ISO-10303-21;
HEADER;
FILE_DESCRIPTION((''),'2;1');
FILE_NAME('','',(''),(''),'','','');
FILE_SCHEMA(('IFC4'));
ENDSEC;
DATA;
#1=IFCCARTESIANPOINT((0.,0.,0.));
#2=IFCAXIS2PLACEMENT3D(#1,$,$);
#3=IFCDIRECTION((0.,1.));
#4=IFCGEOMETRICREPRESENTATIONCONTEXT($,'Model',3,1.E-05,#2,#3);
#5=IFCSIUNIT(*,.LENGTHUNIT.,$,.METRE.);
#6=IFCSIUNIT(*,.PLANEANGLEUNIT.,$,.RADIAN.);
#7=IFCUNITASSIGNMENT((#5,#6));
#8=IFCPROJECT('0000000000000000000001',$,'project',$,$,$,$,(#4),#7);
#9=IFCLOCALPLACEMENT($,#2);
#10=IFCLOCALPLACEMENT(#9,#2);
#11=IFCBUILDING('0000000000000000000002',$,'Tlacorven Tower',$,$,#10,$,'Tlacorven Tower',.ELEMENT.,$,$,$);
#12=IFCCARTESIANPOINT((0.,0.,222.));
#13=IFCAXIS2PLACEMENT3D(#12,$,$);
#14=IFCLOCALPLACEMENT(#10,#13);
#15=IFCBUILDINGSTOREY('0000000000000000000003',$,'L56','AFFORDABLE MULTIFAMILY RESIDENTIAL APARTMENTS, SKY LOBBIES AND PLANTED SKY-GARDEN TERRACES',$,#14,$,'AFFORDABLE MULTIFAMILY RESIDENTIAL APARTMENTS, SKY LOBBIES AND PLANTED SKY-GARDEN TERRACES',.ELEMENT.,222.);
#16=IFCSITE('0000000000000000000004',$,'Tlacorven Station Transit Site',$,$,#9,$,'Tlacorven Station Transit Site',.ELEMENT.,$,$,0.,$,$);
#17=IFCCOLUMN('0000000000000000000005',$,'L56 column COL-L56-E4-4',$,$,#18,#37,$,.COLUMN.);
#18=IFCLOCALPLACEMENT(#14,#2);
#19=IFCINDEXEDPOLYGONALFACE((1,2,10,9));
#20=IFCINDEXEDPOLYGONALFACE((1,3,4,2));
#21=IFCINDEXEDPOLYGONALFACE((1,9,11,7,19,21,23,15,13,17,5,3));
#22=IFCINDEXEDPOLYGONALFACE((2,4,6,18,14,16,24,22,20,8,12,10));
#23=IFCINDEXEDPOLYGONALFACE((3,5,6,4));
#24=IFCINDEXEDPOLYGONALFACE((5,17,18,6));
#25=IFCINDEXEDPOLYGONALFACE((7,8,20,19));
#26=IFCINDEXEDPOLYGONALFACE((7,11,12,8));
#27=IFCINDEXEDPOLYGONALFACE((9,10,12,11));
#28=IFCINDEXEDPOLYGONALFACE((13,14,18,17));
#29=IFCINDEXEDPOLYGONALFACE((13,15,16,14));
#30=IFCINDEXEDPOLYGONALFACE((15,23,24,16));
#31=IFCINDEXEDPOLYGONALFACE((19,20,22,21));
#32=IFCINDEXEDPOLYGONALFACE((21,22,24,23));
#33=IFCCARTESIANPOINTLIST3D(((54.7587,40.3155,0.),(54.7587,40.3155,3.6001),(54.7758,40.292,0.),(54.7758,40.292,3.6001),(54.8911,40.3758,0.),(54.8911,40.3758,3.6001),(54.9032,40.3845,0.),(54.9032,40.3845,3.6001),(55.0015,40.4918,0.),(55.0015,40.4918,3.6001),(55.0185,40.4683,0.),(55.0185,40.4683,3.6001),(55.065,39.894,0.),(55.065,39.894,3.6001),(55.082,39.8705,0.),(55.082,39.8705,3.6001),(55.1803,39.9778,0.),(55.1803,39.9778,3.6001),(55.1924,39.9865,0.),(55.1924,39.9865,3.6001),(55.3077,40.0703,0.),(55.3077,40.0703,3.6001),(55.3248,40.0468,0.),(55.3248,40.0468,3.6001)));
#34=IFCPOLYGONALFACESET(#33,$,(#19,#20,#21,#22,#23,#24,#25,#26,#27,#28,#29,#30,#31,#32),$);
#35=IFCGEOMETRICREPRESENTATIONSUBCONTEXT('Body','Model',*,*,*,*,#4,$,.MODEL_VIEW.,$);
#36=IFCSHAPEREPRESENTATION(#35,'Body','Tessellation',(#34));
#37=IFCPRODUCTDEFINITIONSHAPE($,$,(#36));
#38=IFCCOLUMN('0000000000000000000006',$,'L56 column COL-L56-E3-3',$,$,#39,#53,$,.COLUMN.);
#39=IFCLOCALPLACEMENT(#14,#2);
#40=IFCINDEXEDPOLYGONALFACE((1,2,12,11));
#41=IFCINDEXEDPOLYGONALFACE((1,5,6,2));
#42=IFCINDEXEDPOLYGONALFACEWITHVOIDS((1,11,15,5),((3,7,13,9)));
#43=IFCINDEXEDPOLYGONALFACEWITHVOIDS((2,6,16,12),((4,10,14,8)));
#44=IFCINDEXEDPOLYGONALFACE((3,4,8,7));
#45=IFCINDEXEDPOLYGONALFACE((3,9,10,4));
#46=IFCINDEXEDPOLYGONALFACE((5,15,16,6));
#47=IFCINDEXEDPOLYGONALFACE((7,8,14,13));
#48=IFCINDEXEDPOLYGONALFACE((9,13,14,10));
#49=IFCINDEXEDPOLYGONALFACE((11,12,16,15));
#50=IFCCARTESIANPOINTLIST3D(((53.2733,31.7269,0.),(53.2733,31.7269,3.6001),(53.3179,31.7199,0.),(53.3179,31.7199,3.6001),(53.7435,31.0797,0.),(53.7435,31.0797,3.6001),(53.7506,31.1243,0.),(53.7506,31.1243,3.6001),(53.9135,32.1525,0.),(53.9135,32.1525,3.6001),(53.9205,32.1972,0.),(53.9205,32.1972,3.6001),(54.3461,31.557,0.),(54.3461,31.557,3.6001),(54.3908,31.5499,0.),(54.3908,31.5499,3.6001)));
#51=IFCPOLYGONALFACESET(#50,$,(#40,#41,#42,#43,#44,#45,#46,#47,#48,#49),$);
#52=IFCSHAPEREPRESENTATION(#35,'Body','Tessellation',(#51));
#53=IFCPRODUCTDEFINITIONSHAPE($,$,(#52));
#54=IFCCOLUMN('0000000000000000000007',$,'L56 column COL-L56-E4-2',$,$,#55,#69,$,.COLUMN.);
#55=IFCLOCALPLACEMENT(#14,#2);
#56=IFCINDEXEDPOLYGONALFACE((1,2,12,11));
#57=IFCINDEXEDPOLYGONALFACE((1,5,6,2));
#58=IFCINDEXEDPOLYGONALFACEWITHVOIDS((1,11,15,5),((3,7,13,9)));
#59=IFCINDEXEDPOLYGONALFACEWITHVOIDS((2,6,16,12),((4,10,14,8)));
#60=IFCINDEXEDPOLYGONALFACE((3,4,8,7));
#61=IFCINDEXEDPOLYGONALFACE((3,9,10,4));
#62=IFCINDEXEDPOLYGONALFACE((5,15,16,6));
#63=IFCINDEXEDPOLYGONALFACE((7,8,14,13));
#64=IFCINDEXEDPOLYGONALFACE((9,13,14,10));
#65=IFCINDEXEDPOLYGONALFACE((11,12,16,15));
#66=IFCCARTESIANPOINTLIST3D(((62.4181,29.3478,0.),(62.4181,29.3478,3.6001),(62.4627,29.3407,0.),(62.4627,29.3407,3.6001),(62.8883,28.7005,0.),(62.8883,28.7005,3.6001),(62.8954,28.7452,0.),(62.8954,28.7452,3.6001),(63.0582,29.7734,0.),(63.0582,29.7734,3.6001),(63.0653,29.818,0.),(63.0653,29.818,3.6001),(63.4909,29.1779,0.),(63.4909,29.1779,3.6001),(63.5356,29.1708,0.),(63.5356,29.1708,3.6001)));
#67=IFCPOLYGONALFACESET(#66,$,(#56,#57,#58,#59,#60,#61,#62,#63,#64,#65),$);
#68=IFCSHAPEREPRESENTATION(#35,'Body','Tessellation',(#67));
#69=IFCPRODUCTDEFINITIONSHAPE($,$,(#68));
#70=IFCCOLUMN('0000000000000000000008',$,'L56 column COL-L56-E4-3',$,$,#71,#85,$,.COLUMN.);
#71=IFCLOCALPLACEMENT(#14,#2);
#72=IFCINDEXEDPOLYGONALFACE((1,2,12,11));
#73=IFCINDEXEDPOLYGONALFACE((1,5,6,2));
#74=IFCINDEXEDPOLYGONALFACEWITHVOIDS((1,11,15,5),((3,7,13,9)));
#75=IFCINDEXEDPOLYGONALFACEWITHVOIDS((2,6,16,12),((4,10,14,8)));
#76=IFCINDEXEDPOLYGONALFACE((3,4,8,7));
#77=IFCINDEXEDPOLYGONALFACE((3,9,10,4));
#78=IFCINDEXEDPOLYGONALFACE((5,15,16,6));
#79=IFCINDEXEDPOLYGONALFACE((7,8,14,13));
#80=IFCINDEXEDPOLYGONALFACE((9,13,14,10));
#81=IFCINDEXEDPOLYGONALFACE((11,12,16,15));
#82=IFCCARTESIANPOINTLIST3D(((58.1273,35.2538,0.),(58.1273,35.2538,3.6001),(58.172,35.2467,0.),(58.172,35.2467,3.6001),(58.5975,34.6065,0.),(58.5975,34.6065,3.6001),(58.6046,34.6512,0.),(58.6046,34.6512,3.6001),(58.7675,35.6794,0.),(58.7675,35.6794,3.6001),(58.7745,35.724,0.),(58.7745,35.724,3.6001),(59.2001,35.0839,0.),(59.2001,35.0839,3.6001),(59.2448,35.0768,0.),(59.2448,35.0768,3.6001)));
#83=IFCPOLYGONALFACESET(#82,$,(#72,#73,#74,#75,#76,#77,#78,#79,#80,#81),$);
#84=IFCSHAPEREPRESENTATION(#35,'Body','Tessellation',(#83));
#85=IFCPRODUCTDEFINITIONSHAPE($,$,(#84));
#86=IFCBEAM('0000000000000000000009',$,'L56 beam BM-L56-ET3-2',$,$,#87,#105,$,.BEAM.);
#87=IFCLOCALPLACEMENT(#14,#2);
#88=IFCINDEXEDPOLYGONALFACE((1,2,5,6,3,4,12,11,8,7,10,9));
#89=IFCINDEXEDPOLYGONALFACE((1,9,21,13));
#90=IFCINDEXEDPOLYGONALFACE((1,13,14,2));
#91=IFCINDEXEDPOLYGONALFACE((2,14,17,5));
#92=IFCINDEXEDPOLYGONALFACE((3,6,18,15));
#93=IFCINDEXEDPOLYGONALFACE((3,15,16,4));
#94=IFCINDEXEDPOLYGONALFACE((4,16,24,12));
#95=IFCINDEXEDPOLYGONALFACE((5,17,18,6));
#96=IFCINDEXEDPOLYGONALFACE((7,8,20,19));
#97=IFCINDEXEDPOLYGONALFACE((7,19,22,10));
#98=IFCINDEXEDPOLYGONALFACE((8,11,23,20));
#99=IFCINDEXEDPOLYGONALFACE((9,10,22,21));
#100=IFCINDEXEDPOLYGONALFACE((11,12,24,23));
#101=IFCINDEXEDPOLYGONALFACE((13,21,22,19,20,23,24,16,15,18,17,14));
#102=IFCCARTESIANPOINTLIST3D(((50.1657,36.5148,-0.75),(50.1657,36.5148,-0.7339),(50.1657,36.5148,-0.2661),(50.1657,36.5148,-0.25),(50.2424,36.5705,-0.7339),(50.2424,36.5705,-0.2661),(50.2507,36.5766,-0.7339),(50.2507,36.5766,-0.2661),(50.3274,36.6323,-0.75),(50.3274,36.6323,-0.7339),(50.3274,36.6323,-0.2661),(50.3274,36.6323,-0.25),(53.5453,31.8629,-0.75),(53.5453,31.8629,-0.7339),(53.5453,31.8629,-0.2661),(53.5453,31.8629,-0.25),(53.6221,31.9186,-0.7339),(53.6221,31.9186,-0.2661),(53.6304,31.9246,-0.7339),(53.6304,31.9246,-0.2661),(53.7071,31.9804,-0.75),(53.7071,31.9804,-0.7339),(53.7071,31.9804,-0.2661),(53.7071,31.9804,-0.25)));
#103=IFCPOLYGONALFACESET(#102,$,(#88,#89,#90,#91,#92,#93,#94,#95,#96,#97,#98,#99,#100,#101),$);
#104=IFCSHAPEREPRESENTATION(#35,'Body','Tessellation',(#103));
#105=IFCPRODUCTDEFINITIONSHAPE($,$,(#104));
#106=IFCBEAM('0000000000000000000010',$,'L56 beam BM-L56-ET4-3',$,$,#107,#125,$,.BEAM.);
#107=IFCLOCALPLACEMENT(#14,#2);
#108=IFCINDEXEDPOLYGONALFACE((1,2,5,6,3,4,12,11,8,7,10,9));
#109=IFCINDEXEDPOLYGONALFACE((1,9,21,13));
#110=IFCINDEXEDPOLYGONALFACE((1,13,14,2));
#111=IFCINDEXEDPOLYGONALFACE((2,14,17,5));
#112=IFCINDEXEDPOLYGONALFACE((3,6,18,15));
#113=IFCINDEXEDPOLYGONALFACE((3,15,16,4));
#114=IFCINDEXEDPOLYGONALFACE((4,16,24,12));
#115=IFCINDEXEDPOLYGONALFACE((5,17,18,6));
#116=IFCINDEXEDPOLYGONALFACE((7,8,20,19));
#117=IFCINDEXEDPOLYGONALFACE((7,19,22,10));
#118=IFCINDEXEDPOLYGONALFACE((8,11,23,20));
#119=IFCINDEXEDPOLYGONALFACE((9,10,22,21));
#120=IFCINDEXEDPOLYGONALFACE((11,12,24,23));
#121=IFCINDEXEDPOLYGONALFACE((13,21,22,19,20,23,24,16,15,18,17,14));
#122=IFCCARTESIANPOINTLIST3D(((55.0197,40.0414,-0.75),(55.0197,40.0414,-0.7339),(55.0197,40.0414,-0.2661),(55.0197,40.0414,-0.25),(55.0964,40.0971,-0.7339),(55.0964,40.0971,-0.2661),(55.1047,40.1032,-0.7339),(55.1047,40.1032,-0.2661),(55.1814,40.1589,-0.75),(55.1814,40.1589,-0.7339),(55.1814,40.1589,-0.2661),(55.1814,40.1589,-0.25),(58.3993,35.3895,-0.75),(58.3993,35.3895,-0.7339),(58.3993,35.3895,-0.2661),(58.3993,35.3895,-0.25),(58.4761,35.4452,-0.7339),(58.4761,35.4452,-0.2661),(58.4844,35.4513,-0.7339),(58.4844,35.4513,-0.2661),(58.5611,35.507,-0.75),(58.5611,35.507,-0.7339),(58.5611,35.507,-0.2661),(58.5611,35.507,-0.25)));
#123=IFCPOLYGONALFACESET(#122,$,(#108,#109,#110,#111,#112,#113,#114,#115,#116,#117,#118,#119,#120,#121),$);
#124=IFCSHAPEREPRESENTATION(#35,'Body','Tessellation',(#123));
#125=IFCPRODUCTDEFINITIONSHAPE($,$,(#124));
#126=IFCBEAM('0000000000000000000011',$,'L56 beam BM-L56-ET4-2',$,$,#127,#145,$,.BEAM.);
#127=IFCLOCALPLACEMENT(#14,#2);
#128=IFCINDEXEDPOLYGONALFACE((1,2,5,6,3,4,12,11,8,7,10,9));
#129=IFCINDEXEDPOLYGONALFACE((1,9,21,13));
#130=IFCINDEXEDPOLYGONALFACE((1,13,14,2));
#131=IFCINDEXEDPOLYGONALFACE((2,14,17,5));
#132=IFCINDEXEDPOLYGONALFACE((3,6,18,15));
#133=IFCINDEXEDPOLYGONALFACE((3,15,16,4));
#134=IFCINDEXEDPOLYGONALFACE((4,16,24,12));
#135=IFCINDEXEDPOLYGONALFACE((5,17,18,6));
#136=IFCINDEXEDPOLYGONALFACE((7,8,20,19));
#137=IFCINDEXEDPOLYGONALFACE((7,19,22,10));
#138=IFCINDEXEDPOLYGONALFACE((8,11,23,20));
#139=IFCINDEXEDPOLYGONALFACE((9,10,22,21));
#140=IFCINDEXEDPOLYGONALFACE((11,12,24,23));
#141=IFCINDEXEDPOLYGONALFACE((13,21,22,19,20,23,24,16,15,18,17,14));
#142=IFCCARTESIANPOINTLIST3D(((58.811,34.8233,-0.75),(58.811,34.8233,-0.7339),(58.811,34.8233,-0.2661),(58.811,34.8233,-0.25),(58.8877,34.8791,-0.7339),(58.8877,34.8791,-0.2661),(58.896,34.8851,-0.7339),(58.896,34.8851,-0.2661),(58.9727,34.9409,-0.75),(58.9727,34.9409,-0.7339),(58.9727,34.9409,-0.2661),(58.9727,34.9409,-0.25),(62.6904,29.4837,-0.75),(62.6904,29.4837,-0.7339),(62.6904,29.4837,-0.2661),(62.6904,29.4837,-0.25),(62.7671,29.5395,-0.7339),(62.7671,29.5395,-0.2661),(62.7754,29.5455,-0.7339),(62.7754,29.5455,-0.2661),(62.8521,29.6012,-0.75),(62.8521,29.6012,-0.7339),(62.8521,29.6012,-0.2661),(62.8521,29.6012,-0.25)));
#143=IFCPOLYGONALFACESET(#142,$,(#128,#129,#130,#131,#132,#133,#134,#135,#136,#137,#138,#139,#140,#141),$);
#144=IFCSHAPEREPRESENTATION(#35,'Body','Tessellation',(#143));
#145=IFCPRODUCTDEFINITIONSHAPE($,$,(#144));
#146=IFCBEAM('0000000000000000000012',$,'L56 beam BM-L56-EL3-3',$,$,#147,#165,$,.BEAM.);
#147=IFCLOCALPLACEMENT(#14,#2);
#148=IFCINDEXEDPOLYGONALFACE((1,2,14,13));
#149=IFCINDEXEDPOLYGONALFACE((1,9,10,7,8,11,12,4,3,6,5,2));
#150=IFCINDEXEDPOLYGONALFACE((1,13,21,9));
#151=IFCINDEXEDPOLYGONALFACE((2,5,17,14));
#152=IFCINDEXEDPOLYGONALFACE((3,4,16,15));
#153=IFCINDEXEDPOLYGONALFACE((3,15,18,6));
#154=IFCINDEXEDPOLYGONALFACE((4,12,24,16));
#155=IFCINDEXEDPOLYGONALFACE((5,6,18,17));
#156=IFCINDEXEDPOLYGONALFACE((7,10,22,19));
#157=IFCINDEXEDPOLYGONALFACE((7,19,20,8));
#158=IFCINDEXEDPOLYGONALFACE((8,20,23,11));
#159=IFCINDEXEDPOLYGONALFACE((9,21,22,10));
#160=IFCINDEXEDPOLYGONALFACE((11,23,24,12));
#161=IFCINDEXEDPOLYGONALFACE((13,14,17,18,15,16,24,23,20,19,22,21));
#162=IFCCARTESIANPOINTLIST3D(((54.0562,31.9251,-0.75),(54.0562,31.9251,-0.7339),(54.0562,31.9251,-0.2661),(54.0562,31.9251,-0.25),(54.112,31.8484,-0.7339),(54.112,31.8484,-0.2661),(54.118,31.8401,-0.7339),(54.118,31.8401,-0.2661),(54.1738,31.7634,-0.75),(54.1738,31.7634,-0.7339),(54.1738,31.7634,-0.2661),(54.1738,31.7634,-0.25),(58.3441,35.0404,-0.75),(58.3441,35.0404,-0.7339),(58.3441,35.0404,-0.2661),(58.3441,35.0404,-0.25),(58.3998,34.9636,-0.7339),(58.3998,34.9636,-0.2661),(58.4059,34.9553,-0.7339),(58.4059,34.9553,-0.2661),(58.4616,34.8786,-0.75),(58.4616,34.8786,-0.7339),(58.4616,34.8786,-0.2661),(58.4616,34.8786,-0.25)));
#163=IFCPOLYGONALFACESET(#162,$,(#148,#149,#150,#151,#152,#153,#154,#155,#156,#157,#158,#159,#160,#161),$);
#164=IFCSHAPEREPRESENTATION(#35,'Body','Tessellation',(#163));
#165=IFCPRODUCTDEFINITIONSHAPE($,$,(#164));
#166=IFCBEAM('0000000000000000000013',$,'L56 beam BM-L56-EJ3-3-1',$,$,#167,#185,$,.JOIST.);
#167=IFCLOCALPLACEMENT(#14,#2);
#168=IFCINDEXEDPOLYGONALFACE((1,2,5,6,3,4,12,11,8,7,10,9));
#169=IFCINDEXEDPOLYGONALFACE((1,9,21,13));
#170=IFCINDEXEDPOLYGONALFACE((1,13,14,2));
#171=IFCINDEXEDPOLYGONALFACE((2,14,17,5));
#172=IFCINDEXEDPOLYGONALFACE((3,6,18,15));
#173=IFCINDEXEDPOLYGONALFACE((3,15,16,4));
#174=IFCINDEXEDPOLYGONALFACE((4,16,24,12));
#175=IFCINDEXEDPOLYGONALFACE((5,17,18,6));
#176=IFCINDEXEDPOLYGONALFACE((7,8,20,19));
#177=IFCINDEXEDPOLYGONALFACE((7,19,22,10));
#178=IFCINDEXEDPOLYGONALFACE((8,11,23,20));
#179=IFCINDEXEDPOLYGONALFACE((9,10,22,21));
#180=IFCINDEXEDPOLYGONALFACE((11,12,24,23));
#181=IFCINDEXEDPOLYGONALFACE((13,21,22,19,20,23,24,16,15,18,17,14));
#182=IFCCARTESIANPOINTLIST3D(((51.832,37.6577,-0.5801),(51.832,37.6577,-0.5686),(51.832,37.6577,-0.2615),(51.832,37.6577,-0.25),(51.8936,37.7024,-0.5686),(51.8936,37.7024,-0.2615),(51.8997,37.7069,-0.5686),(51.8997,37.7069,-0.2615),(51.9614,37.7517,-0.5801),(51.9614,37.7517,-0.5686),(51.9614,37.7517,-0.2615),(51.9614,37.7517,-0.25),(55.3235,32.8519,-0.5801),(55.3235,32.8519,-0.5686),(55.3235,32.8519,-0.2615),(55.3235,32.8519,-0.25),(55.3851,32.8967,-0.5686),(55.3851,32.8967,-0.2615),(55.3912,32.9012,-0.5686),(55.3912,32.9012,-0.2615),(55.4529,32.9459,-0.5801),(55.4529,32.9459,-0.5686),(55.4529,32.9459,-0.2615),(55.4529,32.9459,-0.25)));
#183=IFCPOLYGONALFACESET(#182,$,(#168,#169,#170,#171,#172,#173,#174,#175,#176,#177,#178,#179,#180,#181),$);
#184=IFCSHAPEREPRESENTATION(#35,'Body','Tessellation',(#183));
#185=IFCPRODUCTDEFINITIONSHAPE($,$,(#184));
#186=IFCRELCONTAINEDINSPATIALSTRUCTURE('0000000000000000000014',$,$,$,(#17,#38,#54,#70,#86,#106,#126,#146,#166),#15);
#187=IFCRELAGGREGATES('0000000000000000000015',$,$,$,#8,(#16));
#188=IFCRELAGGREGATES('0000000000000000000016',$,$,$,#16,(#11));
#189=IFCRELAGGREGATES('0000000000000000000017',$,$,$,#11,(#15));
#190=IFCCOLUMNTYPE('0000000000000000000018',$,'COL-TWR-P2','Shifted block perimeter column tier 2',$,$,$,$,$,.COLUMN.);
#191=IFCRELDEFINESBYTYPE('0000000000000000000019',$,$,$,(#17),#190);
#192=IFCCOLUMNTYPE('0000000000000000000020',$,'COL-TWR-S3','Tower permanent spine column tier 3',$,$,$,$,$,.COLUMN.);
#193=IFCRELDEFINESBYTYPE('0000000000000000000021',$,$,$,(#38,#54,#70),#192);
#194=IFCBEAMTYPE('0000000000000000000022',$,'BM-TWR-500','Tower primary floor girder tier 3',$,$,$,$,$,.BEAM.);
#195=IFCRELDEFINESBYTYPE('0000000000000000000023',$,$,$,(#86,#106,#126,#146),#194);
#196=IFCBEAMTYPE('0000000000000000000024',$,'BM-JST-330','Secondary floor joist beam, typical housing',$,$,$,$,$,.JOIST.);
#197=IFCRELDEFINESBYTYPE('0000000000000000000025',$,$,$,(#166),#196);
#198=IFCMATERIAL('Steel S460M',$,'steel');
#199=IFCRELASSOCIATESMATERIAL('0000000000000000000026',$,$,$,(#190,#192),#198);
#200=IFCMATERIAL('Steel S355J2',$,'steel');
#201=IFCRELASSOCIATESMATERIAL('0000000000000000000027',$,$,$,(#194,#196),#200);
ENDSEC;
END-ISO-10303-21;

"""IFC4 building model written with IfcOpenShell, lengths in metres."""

from ifc_helpers import new_model, si_unit, direction, frame, origin, origin_2d, place, context, subcontext, project, spatial, hollow_rectangle, i_section, extrude, source, transform, mapped, material, material_profile, profile_set, type_object, element, save


model = new_model("IFC4")

# Units and contexts
model_context = context("Model", 3, precision=1e-05, world=origin(), true_north=direction((0.0, 1.0)))
body_context = subcontext(model_context, "Body", "Model", "MODEL_VIEW")
ifc_project = project(units=[si_unit("LENGTHUNIT", "METRE"), si_unit("PLANEANGLEUNIT", "RADIAN")], contexts=[model_context])

# Site, building, storey
site_placement = place(None, origin())
site = spatial("IfcSite", under=ifc_project, at=site_placement, Name="Tlacorven Station Transit Site", LongName="Tlacorven Station Transit Site", CompositionType="ELEMENT", RefElevation=0.0)
building_placement = place(site_placement, origin())
building = spatial("IfcBuilding", under=site, at=building_placement, Name="Tlacorven Tower", LongName="Tlacorven Tower", CompositionType="ELEMENT")
storey_placement = place(building_placement, frame((0.0, 0.0, 222.0)))
storey = spatial("IfcBuildingStorey", under=building, at=storey_placement, Name="L56", Description="AFFORDABLE MULTIFAMILY RESIDENTIAL APARTMENTS, SKY LOBBIES AND PLANTED SKY-GARDEN TERRACES", LongName="AFFORDABLE MULTIFAMILY RESIDENTIAL APARTMENTS, SKY LOBBIES AND PLANTED SKY-GARDEN TERRACES", CompositionType="ELEMENT", Elevation=222.0)

# Columns
ifc_material_1 = material(Name="Steel S460M", Category="steel")
ifc_material_profile_1 = material_profile(ifc_material_1, i_section(OverallWidth=0.3, OverallDepth=0.55, WebThickness=0.0149, FlangeThickness=0.0291, at=origin_2d()), Name="HEB 550")
ifc_profile_set_1 = profile_set([ifc_material_profile_1], Name="Steel S460M")
column_type_1 = type_object("IfcColumnType", Name="COL-TWR-P2", Description="Shifted block perimeter column tier 2", PredefinedType="COLUMN", material=ifc_profile_set_1)
shared_shape_1 = source(origin(), body_context, "Body", "SweptSolid", [
    extrude(i_section(OverallWidth=0.3, OverallDepth=0.55, WebThickness=0.0149, FlangeThickness=0.0291, at=origin_2d()), origin(), (0.0, 0.0, 1.0), 3.6001),
])
column_placement = place(storey_placement, frame((55.0417, 40.1812, 0.0), z_axis=(0.0, 0.0, 1.0), x_axis=(0.809017, 0.587785, 0.0)))
element("IfcColumn", 1, at=column_placement, inside=storey, type_object=column_type_1, Name="L56 column COL-L56-E4-4", PredefinedType="COLUMN", context=body_context, shape_type="MappedRepresentation", body=[
    mapped(shared_shape_1, transform((0.0, 0.0, 0.0), scale=1.0)),
])
ifc_material_profile_2 = material_profile(ifc_material_1, hollow_rectangle(XDim=0.8, YDim=0.8, WallThickness=0.032, at=origin_2d()), Name="BOX 800X800X32")
ifc_profile_set_2 = profile_set([ifc_material_profile_2], Name="Steel S460M")
column_type_2 = type_object("IfcColumnType", Name="COL-TWR-S3", Description="Tower permanent spine column tier 3", PredefinedType="COLUMN", material=ifc_profile_set_2)
shared_shape_2 = source(origin(), body_context, "Body", "SweptSolid", [
    extrude(hollow_rectangle(XDim=0.8, YDim=0.8, WallThickness=0.032, at=origin_2d()), origin(), (0.0, 0.0, 1.0), 3.6001),
])
for number, where, z_axis, x_axis, name in (
    (2, (53.832, 31.6384, 0.0), (0.0, 0.0, 1.0), (0.809017, 0.587785, 0.0), "L56 column COL-L56-E3-3"),
    (3, (62.9768, 29.2593, 0.0), (0.0, 0.0, 1.0), (0.809017, 0.587785, 0.0), "L56 column COL-L56-E4-2"),
    (4, (58.686, 35.1653, 0.0), (0.0, 0.0, 1.0), (0.809017, 0.587785, 0.0), "L56 column COL-L56-E4-3"),
):
    element("IfcColumn", number, at=place(storey_placement, frame(where, z_axis=z_axis, x_axis=x_axis)), inside=storey, type_object=column_type_2, Name=name, PredefinedType="COLUMN", context=body_context, shape_type="MappedRepresentation", body=[
        mapped(shared_shape_2, transform((0.0, 0.0, 0.0), scale=1.0)),
    ])

# Beams
ifc_material_2 = material(Name="Steel S355J2", Category="steel")
ifc_material_profile_3 = material_profile(ifc_material_2, i_section(OverallWidth=0.2, OverallDepth=0.5, WebThickness=0.0103, FlangeThickness=0.0161, at=origin_2d()), Name="IPE 500")
ifc_profile_set_3 = profile_set([ifc_material_profile_3], Name="Steel S355J2")
beam_type_1 = type_object("IfcBeamType", Name="BM-TWR-500", Description="Tower primary floor girder tier 3", PredefinedType="BEAM", material=ifc_profile_set_3)
shared_shape_3 = source(origin(), body_context, "Body", "SweptSolid", [
    extrude(i_section(OverallWidth=0.2, OverallDepth=0.5, WebThickness=0.0103, FlangeThickness=0.0161, at=origin_2d()), origin(), (0.0, 0.0, 1.0), 5.75),
])
for number, where, z_axis, x_axis, name in (
    (5, (53.6262, 31.9216, -0.5), (-0.58777, 0.809028, 0.0), (-0.809028, -0.58777, 0.0), "L56 beam BM-L56-ET3-2"),
    (6, (58.4802, 35.4482, -0.5), (-0.58777, 0.809028, 0.0), (-0.809028, -0.58777, 0.0), "L56 beam BM-L56-ET4-3"),
):
    element("IfcBeam", number, at=place(storey_placement, frame(where, z_axis=z_axis, x_axis=x_axis)), inside=storey, type_object=beam_type_1, Name=name, PredefinedType="BEAM", context=body_context, shape_type="MappedRepresentation", body=[
        mapped(shared_shape_3, transform((0.0, 0.0, 0.0), scale=1.0)),
    ])
shared_shape_4 = source(origin(), body_context, "Body", "SweptSolid", [
    extrude(i_section(OverallWidth=0.2, OverallDepth=0.5, WebThickness=0.0103, FlangeThickness=0.0161, at=origin_2d()), origin(), (0.0, 0.0, 1.0), 6.6001),
])
beam_1_placement = place(storey_placement, frame((62.7712, 29.5425, -0.5), z_axis=(-0.58778, 0.809021, 0.0), x_axis=(-0.809021, -0.58778, 0.0)))
element("IfcBeam", 7, at=beam_1_placement, inside=storey, type_object=beam_type_1, Name="L56 beam BM-L56-ET4-2", PredefinedType="BEAM", context=body_context, shape_type="MappedRepresentation", body=[
    mapped(shared_shape_4, transform((0.0, 0.0, 0.0), scale=1.0)),
])
shared_shape_5 = source(origin(), body_context, "Body", "SweptSolid", [
    extrude(i_section(OverallWidth=0.2, OverallDepth=0.5, WebThickness=0.0103, FlangeThickness=0.0161, at=origin_2d()), origin(), (0.0, 0.0, 1.0), 5.3),
])
beam_2_placement = place(storey_placement, frame((54.115, 31.8442, -0.5), z_axis=(0.809023, 0.587777, 0.0), x_axis=(-0.587777, 0.809023, 0.0)))
element("IfcBeam", 8, at=beam_2_placement, inside=storey, type_object=beam_type_1, Name="L56 beam BM-L56-EL3-3", PredefinedType="BEAM", context=body_context, shape_type="MappedRepresentation", body=[
    mapped(shared_shape_5, transform((0.0, 0.0, 0.0), scale=1.0)),
])
ifc_material_profile_4 = material_profile(ifc_material_2, i_section(OverallWidth=0.1599, OverallDepth=0.3301, WebThickness=0.0076, FlangeThickness=0.0115, at=origin_2d()), Name="IPE 330")
ifc_profile_set_4 = profile_set([ifc_material_profile_4], Name="Steel S355J2")
beam_type_2 = type_object("IfcBeamType", Name="BM-JST-330", Description="Secondary floor joist beam, typical housing", PredefinedType="JOIST", material=ifc_profile_set_4)
shared_shape_6 = source(origin(), body_context, "Body", "SweptSolid", [
    extrude(i_section(OverallWidth=0.1599, OverallDepth=0.3301, WebThickness=0.0076, FlangeThickness=0.0115, at=origin_2d()), origin(), (0.0, 0.0, 1.0), 5.9402),
])
for number, where, z_axis, x_axis, name in (
    (9, (55.3882, 32.8989, -0.415), (-0.587778, 0.809022, 0.0), (-0.809022, -0.587778, 0.0), "L56 beam BM-L56-EJ3-3-1"),
):
    element("IfcBeam", number, at=place(storey_placement, frame(where, z_axis=z_axis, x_axis=x_axis)), inside=storey, type_object=beam_type_2, Name=name, PredefinedType="JOIST", context=body_context, shape_type="MappedRepresentation", body=[
        mapped(shared_shape_6, transform((0.0, 0.0, 0.0), scale=1.0)),
    ])

save(model, "model.ifc")
